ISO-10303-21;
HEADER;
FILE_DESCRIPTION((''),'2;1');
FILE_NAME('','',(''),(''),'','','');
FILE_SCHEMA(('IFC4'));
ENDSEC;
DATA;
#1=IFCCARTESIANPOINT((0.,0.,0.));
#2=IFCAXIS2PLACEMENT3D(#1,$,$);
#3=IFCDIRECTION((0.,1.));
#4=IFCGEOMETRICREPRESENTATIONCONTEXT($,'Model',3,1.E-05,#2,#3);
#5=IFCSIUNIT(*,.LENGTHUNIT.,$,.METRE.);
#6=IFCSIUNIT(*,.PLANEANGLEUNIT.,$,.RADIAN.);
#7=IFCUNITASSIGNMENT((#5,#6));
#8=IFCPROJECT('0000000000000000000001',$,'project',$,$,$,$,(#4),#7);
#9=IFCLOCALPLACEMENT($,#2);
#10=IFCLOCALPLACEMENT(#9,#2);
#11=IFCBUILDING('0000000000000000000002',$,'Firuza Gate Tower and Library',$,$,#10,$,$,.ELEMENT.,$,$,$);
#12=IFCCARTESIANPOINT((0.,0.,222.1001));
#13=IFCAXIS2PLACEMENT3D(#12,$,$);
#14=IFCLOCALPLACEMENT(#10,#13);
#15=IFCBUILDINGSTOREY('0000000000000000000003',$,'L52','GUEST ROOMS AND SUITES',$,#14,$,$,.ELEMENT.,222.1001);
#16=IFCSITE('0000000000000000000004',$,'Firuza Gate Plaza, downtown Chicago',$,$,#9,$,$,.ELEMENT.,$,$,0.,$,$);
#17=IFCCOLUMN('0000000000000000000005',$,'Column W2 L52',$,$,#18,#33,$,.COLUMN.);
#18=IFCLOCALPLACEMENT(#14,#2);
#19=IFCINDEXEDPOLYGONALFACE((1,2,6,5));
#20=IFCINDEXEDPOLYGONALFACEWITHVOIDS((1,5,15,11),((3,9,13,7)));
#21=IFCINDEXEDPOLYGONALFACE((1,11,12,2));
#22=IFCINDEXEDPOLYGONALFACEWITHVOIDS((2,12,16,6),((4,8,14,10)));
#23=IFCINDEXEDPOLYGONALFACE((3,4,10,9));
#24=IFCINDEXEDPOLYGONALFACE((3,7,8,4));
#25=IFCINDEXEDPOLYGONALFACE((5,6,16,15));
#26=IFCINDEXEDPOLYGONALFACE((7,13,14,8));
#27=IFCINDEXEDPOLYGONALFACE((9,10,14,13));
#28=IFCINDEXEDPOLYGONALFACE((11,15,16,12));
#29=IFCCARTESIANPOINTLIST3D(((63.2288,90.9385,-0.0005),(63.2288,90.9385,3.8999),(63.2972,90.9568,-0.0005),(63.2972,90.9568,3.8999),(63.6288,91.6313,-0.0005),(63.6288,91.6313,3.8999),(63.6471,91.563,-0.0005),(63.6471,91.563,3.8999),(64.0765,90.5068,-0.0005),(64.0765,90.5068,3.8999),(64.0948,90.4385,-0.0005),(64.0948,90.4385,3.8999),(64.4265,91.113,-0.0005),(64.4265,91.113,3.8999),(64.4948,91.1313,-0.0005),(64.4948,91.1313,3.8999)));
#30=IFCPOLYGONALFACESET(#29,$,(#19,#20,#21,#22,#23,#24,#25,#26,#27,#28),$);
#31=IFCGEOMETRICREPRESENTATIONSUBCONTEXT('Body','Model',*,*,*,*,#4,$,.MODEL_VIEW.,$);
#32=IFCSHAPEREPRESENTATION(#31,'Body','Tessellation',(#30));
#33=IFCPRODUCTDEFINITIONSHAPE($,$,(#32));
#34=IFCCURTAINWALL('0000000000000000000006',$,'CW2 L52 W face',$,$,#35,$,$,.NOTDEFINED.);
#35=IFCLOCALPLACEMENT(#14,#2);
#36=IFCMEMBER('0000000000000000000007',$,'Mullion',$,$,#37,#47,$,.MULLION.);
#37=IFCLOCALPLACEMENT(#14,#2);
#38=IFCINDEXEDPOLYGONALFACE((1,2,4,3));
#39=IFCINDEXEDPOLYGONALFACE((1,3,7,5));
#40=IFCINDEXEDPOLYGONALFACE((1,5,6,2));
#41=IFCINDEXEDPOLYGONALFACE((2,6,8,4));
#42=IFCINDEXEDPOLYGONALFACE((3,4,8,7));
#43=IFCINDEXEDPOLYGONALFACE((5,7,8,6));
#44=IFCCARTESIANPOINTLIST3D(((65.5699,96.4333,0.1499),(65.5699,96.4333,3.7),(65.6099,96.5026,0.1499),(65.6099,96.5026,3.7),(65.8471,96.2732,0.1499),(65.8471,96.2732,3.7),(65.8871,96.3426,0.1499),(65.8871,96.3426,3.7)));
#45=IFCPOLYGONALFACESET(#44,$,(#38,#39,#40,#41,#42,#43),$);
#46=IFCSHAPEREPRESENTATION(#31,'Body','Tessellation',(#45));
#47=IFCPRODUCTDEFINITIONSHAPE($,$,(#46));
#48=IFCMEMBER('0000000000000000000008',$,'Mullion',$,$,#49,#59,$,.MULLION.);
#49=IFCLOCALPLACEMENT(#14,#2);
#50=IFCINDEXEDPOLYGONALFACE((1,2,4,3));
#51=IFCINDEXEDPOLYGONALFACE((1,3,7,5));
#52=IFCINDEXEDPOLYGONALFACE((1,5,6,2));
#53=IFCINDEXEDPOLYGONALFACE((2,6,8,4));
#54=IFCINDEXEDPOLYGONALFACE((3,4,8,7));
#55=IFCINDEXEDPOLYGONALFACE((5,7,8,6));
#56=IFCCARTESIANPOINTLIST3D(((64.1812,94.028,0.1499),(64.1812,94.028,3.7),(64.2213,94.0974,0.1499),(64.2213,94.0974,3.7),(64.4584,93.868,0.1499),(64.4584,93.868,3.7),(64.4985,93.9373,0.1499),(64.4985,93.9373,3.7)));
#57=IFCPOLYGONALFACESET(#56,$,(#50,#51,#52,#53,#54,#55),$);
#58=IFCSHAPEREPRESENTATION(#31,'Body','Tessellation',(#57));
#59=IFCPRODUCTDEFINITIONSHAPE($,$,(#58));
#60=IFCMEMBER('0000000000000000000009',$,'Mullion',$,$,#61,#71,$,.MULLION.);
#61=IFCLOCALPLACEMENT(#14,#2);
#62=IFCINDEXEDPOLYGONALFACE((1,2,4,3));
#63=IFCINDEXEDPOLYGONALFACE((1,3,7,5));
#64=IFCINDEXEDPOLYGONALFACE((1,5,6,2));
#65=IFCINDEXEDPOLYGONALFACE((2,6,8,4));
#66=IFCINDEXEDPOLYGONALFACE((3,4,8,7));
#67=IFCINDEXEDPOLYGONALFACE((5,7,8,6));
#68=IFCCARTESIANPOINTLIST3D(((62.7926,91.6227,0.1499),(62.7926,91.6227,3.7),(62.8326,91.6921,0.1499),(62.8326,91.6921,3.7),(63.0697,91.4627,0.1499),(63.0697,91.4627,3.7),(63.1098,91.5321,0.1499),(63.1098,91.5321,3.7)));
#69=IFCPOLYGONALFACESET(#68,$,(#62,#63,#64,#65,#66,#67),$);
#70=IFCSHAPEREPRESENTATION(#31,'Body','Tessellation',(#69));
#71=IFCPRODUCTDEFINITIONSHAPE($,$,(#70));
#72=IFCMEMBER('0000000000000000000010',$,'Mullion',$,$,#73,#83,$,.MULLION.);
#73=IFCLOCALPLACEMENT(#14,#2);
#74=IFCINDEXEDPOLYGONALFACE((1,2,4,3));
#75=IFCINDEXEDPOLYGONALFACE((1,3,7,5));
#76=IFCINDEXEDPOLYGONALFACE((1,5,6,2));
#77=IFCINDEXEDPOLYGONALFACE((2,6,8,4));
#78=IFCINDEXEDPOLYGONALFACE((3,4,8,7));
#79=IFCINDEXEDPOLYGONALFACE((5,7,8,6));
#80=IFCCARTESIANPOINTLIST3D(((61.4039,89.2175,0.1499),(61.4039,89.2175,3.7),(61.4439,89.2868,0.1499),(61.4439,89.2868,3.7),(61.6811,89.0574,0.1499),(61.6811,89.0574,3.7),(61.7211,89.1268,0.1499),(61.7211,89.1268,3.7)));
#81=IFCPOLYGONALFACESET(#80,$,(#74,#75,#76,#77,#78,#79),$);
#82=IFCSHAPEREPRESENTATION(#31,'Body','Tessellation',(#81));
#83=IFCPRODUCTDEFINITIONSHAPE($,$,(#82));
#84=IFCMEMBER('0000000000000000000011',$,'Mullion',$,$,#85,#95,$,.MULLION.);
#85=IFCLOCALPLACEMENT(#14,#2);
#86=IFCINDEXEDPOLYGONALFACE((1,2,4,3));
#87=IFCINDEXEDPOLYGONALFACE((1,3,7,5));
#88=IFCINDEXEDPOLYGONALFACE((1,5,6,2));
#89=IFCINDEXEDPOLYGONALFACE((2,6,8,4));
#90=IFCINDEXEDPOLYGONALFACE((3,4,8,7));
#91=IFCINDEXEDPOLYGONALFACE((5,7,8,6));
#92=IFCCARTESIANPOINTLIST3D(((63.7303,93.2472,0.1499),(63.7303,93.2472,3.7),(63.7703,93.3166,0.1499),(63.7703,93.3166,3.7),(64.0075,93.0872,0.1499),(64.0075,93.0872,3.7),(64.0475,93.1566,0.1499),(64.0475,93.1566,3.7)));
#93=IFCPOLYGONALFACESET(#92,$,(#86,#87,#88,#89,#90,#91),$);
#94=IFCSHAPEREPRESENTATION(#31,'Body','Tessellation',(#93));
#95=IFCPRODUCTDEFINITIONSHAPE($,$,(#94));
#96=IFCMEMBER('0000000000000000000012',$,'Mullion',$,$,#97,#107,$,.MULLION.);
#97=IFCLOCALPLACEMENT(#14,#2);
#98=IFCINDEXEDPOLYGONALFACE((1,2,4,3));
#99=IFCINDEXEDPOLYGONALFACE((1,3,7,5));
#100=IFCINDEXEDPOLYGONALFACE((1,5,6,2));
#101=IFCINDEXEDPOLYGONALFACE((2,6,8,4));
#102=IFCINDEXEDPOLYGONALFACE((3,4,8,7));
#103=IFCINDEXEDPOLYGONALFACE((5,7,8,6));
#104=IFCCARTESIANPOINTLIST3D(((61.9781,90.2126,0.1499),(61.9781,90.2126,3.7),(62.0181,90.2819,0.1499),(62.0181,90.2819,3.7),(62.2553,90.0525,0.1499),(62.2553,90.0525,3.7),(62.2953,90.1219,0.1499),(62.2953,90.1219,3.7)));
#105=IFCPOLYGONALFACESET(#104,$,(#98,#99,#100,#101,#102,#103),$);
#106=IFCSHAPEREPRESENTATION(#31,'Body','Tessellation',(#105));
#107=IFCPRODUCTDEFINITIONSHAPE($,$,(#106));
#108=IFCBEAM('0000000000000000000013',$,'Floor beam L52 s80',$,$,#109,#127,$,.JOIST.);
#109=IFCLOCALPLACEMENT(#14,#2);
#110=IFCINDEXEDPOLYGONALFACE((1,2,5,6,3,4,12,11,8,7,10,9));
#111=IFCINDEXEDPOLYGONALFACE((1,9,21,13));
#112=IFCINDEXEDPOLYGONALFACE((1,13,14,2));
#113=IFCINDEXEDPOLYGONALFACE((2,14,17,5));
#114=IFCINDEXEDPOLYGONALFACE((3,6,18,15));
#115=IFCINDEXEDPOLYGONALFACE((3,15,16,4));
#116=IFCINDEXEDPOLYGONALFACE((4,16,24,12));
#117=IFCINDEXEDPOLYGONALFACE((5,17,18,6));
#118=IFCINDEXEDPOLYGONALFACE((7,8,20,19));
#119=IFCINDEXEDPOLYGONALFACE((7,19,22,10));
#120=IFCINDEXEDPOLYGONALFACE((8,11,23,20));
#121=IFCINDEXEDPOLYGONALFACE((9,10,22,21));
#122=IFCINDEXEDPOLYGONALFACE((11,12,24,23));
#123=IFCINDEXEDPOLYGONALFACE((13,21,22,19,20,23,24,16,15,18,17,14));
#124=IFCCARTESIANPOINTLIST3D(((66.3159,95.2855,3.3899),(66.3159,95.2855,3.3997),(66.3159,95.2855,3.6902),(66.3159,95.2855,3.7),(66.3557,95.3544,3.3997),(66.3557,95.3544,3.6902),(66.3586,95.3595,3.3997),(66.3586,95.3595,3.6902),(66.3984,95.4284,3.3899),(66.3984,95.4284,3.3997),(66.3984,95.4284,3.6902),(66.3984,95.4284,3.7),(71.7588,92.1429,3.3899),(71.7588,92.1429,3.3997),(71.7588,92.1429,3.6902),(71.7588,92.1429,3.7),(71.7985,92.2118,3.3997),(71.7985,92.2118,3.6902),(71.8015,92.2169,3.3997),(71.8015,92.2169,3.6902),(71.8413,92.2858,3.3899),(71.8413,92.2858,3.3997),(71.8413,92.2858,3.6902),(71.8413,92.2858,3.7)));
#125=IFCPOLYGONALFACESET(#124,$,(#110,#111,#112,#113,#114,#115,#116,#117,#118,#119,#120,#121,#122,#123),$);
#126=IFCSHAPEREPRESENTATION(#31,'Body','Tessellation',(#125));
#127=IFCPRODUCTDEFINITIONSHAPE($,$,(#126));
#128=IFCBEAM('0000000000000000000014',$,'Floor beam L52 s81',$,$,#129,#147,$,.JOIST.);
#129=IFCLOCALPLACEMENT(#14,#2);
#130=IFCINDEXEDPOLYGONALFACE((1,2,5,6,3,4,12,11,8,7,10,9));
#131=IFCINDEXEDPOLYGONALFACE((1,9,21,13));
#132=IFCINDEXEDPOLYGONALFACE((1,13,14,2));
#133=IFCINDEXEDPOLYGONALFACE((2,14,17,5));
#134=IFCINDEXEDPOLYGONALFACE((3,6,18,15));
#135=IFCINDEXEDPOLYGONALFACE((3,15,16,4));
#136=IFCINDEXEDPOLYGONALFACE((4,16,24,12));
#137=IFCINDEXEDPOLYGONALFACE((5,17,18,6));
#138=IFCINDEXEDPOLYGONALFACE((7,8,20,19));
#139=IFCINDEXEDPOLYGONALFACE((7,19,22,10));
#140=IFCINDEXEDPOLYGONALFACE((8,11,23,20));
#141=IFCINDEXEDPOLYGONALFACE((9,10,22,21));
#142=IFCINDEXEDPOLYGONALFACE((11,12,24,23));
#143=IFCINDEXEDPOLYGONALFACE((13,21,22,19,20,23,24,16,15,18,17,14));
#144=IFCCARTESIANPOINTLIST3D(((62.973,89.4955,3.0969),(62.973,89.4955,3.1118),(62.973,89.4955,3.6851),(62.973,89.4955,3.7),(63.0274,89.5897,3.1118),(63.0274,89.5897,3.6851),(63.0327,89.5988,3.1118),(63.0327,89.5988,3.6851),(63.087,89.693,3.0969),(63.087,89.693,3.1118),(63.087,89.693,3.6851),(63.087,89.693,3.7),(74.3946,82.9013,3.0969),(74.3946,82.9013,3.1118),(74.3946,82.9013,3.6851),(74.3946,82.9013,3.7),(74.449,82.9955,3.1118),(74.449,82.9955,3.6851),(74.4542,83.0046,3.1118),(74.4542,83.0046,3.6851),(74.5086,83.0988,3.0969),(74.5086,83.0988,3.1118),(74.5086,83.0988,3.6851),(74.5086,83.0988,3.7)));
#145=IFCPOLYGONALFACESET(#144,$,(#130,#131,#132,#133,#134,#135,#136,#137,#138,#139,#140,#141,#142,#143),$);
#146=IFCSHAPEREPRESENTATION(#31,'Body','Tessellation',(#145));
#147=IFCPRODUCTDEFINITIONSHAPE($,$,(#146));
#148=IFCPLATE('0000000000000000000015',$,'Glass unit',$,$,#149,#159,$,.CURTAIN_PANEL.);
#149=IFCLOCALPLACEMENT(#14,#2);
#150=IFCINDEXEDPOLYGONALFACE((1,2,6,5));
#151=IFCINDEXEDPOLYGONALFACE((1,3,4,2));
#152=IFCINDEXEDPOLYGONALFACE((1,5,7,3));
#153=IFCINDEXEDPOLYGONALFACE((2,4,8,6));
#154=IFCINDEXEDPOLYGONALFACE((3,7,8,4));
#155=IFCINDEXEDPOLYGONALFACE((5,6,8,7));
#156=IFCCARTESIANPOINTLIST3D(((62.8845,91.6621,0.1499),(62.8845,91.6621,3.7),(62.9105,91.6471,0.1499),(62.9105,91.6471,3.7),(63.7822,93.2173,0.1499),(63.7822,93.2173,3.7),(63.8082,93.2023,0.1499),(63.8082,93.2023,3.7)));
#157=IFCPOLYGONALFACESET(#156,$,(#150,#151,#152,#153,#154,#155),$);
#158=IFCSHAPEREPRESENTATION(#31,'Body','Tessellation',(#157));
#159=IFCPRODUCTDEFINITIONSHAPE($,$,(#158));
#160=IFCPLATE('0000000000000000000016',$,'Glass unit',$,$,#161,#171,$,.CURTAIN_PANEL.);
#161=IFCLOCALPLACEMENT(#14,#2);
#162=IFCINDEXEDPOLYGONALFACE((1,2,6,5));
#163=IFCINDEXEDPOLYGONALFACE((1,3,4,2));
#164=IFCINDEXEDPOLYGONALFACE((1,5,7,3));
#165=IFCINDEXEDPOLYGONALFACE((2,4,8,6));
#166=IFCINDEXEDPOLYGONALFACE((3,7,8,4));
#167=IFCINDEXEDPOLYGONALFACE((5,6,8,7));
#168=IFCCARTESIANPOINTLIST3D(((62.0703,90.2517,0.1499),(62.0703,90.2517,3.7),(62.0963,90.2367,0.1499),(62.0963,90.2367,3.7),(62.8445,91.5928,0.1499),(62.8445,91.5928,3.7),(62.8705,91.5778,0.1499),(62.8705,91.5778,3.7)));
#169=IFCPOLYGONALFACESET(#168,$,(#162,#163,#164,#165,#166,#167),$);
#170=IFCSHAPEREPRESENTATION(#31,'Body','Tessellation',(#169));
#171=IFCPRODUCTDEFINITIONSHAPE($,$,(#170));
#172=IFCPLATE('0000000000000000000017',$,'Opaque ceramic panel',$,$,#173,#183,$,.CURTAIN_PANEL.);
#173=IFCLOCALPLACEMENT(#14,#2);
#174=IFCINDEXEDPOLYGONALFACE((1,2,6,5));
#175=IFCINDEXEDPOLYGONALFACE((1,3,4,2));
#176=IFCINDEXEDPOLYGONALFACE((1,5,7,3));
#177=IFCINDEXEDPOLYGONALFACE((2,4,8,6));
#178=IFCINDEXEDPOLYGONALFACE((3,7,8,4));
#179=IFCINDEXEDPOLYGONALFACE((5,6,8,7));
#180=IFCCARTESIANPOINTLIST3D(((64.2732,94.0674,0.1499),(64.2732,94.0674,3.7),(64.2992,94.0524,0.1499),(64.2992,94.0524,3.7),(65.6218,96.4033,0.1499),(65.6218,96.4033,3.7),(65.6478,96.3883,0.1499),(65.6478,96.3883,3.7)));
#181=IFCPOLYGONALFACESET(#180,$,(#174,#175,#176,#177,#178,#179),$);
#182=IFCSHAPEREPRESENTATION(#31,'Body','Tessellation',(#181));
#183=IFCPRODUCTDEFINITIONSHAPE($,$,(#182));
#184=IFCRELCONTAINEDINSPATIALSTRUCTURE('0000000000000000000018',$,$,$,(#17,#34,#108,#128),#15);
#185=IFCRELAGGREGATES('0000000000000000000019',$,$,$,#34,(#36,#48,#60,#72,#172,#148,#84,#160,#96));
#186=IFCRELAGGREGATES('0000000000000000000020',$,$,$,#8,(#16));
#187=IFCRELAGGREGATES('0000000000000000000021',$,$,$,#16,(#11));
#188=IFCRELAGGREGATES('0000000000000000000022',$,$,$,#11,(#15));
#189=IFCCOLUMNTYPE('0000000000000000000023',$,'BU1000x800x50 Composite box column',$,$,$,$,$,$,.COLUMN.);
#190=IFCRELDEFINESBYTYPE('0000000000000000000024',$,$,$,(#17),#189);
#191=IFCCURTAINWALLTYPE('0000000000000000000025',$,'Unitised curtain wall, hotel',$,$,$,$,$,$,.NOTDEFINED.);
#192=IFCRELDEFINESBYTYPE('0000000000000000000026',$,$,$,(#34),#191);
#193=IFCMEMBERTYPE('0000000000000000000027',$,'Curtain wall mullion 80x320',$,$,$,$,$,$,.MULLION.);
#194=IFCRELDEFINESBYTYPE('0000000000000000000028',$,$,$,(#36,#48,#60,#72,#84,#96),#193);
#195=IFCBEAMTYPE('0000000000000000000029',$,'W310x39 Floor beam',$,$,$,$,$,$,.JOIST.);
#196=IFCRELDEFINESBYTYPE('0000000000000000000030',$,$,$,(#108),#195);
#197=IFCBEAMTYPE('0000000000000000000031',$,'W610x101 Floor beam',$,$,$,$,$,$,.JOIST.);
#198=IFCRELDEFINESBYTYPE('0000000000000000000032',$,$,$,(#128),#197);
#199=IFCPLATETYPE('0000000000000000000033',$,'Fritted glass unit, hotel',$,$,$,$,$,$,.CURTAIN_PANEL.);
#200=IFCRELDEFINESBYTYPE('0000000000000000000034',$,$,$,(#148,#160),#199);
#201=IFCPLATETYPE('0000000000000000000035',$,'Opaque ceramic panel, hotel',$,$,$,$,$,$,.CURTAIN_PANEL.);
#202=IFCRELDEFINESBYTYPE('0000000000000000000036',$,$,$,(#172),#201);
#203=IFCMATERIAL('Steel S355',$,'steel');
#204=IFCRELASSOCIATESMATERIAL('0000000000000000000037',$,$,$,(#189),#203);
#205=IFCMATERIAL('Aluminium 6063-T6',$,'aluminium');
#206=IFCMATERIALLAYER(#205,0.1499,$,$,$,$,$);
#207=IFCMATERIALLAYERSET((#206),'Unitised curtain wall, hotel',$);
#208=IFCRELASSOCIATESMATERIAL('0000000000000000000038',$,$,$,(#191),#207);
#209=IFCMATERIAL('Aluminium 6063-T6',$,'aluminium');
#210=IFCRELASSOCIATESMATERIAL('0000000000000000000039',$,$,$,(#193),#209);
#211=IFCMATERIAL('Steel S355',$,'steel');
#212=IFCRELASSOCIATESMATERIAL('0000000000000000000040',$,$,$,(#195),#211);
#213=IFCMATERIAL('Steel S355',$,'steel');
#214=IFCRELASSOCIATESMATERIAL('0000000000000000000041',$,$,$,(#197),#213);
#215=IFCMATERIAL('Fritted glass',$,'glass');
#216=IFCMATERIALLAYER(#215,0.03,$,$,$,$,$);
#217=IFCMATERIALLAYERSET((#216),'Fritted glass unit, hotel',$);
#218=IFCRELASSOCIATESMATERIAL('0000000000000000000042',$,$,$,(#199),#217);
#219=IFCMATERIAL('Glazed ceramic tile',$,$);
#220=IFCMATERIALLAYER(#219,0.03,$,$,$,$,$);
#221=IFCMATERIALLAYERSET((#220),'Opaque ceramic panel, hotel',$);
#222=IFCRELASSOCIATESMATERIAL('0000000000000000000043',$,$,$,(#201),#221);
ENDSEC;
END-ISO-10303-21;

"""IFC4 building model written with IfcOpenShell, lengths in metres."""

from ifc_helpers import new_model, si_unit, direction, frame, origin, origin_2d, place, context, subcontext, project, spatial, polyline, rectangle, hollow_rectangle, i_section, outline, extrude, material, layer, layer_set, material_profile, profile_set, type_object, element, aggregate, save


model = new_model("IFC4")

# Units and contexts
model_context = context("Model", 3, precision=1e-05, world=origin(), true_north=direction((0.0, 1.0)))
body_context = subcontext(model_context, "Body", "Model", "MODEL_VIEW")
ifc_project = project(units=[si_unit("LENGTHUNIT", "METRE"), si_unit("PLANEANGLEUNIT", "RADIAN")], contexts=[model_context])

# Site, building, storey
site_placement = place(None, origin())
site = spatial("IfcSite", under=ifc_project, at=site_placement, Name="Firuza Gate Plaza, downtown Chicago", CompositionType="ELEMENT", RefElevation=0.0)
building_placement = place(site_placement, origin())
building = spatial("IfcBuilding", under=site, at=building_placement, Name="Firuza Gate Tower and Library", CompositionType="ELEMENT")
storey_placement = place(building_placement, frame((0.0, 0.0, 222.1001)))
storey = spatial("IfcBuildingStorey", under=building, at=storey_placement, Name="L52", Description="GUEST ROOMS AND SUITES", CompositionType="ELEMENT", Elevation=222.1001)

# Column
ifc_material_1 = material(Name="Steel S355", Category="steel")
ifc_material_profile_1 = material_profile(ifc_material_1, hollow_rectangle(XDim=0.8, YDim=1.0, WallThickness=0.05, at=origin_2d()))
ifc_profile_set_1 = profile_set([ifc_material_profile_1], Name="Steel S355")
column_type = type_object("IfcColumnType", Name="BU1000x800x50 Composite box column", PredefinedType="COLUMN", material=ifc_profile_set_1)
column_placement = place(storey_placement, frame((63.8618, 91.0349, -0.0005), z_axis=(0.0, 0.0, 1.0), x_axis=(-0.5, -0.866025, 0.0)))
element("IfcColumn", 1, at=column_placement, inside=storey, type_object=column_type, Name="Column W2 L52", PredefinedType="COLUMN", context=body_context, shape_type="SweptSolid", body=[
    extrude(hollow_rectangle(XDim=0.8, YDim=1.0, WallThickness=0.05, at=origin_2d()), origin(), (0.0, 0.0, 1.0), 3.9004),
])

# Curtain wall, members
ifc_material_2 = material(Name="Aluminium 6063-T6", Category="aluminium")
ifc_layer_1 = layer(ifc_material_2, 0.1499)
ifc_layer_set_1 = layer_set([ifc_layer_1], Name="Unitised curtain wall, hotel")
curtain_wall_type = type_object("IfcCurtainWallType", Name="Unitised curtain wall, hotel", PredefinedType="NOTDEFINED", material=ifc_layer_set_1)
placement = place(storey_placement, origin())
curtain_wall = element("IfcCurtainWall", 2, at=placement, inside=storey, type_object=curtain_wall_type, Name="CW2 L52 W face", PredefinedType="NOTDEFINED")
ifc_material_3 = material(Name="Aluminium 6063-T6", Category="aluminium")
ifc_material_profile_2 = material_profile(ifc_material_3, rectangle(XDim=0.3201, YDim=0.0801, at=origin_2d()))
ifc_profile_set_2 = profile_set([ifc_material_profile_2], Name="Aluminium 6063-T6")
member_type = type_object("IfcMemberType", Name="Curtain wall mullion 80x320", PredefinedType="MULLION", material=ifc_profile_set_2)
member_1_placement = place(storey_placement, frame((65.7285, 96.3879, 0.1499), z_axis=(0.0, 0.0, 1.0), x_axis=(0.866025, -0.5, 0.0)))
member_1 = element("IfcMember", 3, at=member_1_placement, type_object=member_type, Name="Mullion", PredefinedType="MULLION", context=body_context, shape_type="SweptSolid", body=[
    extrude(rectangle(XDim=0.3201, YDim=0.0801, at=origin_2d()), origin(), (0.0, 0.0, 1.0), 3.55),
])
member_2_placement = place(storey_placement, frame((64.3398, 93.9827, 0.1499), z_axis=(0.0, 0.0, 1.0), x_axis=(0.866025, -0.5, 0.0)))
member_2 = element("IfcMember", 4, at=member_2_placement, type_object=member_type, Name="Mullion", PredefinedType="MULLION", context=body_context, shape_type="SweptSolid", body=[
    extrude(rectangle(XDim=0.3201, YDim=0.0801, at=origin_2d()), origin(), (0.0, 0.0, 1.0), 3.55),
])
member_3_placement = place(storey_placement, frame((62.9512, 91.5774, 0.1499), z_axis=(0.0, 0.0, 1.0), x_axis=(0.866025, -0.5, 0.0)))
member_3 = element("IfcMember", 5, at=member_3_placement, type_object=member_type, Name="Mullion", PredefinedType="MULLION", context=body_context, shape_type="SweptSolid", body=[
    extrude(rectangle(XDim=0.3201, YDim=0.0801, at=origin_2d()), origin(), (0.0, 0.0, 1.0), 3.55),
])
member_4_placement = place(storey_placement, frame((61.5625, 89.1721, 0.1499), z_axis=(0.0, 0.0, 1.0), x_axis=(0.866025, -0.5, 0.0)))
member_4 = element("IfcMember", 6, at=member_4_placement, type_object=member_type, Name="Mullion", PredefinedType="MULLION", context=body_context, shape_type="SweptSolid", body=[
    extrude(rectangle(XDim=0.3201, YDim=0.0801, at=origin_2d()), origin(), (0.0, 0.0, 1.0), 3.55),
])
member_5_placement = place(storey_placement, frame((63.8889, 93.2019, 0.1499), z_axis=(0.0, 0.0, 1.0), x_axis=(0.866025, -0.5, 0.0)))
member_5 = element("IfcMember", 7, at=member_5_placement, type_object=member_type, Name="Mullion", PredefinedType="MULLION", context=body_context, shape_type="SweptSolid", body=[
    extrude(rectangle(XDim=0.3201, YDim=0.0801, at=origin_2d()), origin(), (0.0, 0.0, 1.0), 3.55),
])
member_6_placement = place(storey_placement, frame((62.1367, 90.1672, 0.1499), z_axis=(0.0, 0.0, 1.0), x_axis=(0.866025, -0.5, 0.0)))
member_6 = element("IfcMember", 8, at=member_6_placement, type_object=member_type, Name="Mullion", PredefinedType="MULLION", context=body_context, shape_type="SweptSolid", body=[
    extrude(rectangle(XDim=0.3201, YDim=0.0801, at=origin_2d()), origin(), (0.0, 0.0, 1.0), 3.55),
])

# Beams
ifc_material_4 = material(Name="Steel S355", Category="steel")
ifc_material_profile_3 = material_profile(ifc_material_4, i_section(OverallWidth=0.165, OverallDepth=0.3101, WebThickness=0.0059, FlangeThickness=0.0098, at=origin_2d()))
ifc_profile_set_3 = profile_set([ifc_material_profile_3], Name="Steel S355")
beam_type_1 = type_object("IfcBeamType", Name="W310x39 Floor beam", PredefinedType="JOIST", material=ifc_profile_set_3)
beam_1_placement = place(storey_placement, frame((66.3572, 95.3569, 3.5449), z_axis=(0.866016, -0.500016, 0.0), x_axis=(0.500016, 0.866016, 0.0)))
element("IfcBeam", 9, at=beam_1_placement, inside=storey, type_object=beam_type_1, Name="Floor beam L52 s80", PredefinedType="JOIST", context=body_context, shape_type="SweptSolid", body=[
    extrude(i_section(OverallWidth=0.165, OverallDepth=0.3101, WebThickness=0.0059, FlangeThickness=0.0098, at=origin_2d()), origin(), (0.0, 0.0, 1.0), 6.2849),
])
ifc_material_5 = material(Name="Steel S355", Category="steel")
ifc_material_profile_4 = material_profile(ifc_material_5, i_section(OverallWidth=0.228, OverallDepth=0.603, WebThickness=0.0105, FlangeThickness=0.0149, at=origin_2d()))
ifc_profile_set_4 = profile_set([ifc_material_profile_4], Name="Steel S355")
beam_type_2 = type_object("IfcBeamType", Name="W610x101 Floor beam", PredefinedType="JOIST", material=ifc_profile_set_4)
beam_2_placement = place(storey_placement, frame((63.03, 89.5942, 3.3984), z_axis=(0.866027, -0.499998, 0.0), x_axis=(0.499998, 0.866027, 0.0)))
element("IfcBeam", 10, at=beam_2_placement, inside=storey, type_object=beam_type_2, Name="Floor beam L52 s81", PredefinedType="JOIST", context=body_context, shape_type="SweptSolid", body=[
    extrude(i_section(OverallWidth=0.228, OverallDepth=0.603, WebThickness=0.0105, FlangeThickness=0.0149, at=origin_2d()), origin(), (0.0, 0.0, 1.0), 13.1885),
])

# Plates
ifc_material_6 = material(Name="Fritted glass", Category="glass")
ifc_layer_2 = layer(ifc_material_6, 0.03)
ifc_layer_set_2 = layer_set([ifc_layer_2], Name="Fritted glass unit, hotel")
plate_type_1 = type_object("IfcPlateType", Name="Fritted glass unit, hotel", PredefinedType="CURTAIN_PANEL", material=ifc_layer_set_2)
plate_1_placement = place(storey_placement, frame((63.7822, 93.2173, 0.1499), z_axis=(-0.866068, 0.499926, 0.0), x_axis=(-0.499926, -0.866068, 0.0)))
plate_1 = element("IfcPlate", 11, at=plate_1_placement, type_object=plate_type_1, Name="Glass unit", PredefinedType="CURTAIN_PANEL", context=body_context, shape_type="SweptSolid", body=[
    extrude(outline(polyline([(0.0, 0.0), (1.7957, 0.0), (1.7957, 3.55), (0.0, 3.55), (0.0, 0.0)])), origin(), (0.0, 0.0, -1.0), 0.03),
])
plate_2_placement = place(storey_placement, frame((62.8445, 91.5928, 0.1499), z_axis=(-0.866052, 0.499954, 0.0), x_axis=(-0.499954, -0.866052, 0.0)))
plate_2 = element("IfcPlate", 12, at=plate_2_placement, type_object=plate_type_1, Name="Glass unit", PredefinedType="CURTAIN_PANEL", context=body_context, shape_type="SweptSolid", body=[
    extrude(outline(polyline([(0.0, 0.0), (1.5485, 0.0), (1.5485, 3.55), (0.0, 3.55), (0.0, 0.0)])), origin(), (0.0, 0.0, -1.0), 0.03),
])
ifc_material_7 = material(Name="Glazed ceramic tile")
ifc_layer_3 = layer(ifc_material_7, 0.03)
ifc_layer_set_3 = layer_set([ifc_layer_3], Name="Opaque ceramic panel, hotel")
plate_type_2 = type_object("IfcPlateType", Name="Opaque ceramic panel, hotel", PredefinedType="CURTAIN_PANEL", material=ifc_layer_set_3)
plate_3_placement = place(storey_placement, frame((65.6218, 96.4033, 0.1499), z_axis=(-0.866029, 0.499994, 0.0), x_axis=(-0.499994, -0.866029, 0.0)))
plate_3 = element("IfcPlate", 13, at=plate_3_placement, type_object=plate_type_2, Name="Opaque ceramic panel", PredefinedType="CURTAIN_PANEL", context=body_context, shape_type="SweptSolid", body=[
    extrude(outline(polyline([(0.0, 0.0), (2.6973, 0.0), (2.6973, 3.55), (0.0, 3.55), (0.0, 0.0)])), origin(), (0.0, 0.0, -1.0), 0.03),
])
aggregate(curtain_wall, [member_1, member_2, member_3, member_4, plate_3, plate_1, member_5, plate_2, member_6])

save(model, "model.ifc")
